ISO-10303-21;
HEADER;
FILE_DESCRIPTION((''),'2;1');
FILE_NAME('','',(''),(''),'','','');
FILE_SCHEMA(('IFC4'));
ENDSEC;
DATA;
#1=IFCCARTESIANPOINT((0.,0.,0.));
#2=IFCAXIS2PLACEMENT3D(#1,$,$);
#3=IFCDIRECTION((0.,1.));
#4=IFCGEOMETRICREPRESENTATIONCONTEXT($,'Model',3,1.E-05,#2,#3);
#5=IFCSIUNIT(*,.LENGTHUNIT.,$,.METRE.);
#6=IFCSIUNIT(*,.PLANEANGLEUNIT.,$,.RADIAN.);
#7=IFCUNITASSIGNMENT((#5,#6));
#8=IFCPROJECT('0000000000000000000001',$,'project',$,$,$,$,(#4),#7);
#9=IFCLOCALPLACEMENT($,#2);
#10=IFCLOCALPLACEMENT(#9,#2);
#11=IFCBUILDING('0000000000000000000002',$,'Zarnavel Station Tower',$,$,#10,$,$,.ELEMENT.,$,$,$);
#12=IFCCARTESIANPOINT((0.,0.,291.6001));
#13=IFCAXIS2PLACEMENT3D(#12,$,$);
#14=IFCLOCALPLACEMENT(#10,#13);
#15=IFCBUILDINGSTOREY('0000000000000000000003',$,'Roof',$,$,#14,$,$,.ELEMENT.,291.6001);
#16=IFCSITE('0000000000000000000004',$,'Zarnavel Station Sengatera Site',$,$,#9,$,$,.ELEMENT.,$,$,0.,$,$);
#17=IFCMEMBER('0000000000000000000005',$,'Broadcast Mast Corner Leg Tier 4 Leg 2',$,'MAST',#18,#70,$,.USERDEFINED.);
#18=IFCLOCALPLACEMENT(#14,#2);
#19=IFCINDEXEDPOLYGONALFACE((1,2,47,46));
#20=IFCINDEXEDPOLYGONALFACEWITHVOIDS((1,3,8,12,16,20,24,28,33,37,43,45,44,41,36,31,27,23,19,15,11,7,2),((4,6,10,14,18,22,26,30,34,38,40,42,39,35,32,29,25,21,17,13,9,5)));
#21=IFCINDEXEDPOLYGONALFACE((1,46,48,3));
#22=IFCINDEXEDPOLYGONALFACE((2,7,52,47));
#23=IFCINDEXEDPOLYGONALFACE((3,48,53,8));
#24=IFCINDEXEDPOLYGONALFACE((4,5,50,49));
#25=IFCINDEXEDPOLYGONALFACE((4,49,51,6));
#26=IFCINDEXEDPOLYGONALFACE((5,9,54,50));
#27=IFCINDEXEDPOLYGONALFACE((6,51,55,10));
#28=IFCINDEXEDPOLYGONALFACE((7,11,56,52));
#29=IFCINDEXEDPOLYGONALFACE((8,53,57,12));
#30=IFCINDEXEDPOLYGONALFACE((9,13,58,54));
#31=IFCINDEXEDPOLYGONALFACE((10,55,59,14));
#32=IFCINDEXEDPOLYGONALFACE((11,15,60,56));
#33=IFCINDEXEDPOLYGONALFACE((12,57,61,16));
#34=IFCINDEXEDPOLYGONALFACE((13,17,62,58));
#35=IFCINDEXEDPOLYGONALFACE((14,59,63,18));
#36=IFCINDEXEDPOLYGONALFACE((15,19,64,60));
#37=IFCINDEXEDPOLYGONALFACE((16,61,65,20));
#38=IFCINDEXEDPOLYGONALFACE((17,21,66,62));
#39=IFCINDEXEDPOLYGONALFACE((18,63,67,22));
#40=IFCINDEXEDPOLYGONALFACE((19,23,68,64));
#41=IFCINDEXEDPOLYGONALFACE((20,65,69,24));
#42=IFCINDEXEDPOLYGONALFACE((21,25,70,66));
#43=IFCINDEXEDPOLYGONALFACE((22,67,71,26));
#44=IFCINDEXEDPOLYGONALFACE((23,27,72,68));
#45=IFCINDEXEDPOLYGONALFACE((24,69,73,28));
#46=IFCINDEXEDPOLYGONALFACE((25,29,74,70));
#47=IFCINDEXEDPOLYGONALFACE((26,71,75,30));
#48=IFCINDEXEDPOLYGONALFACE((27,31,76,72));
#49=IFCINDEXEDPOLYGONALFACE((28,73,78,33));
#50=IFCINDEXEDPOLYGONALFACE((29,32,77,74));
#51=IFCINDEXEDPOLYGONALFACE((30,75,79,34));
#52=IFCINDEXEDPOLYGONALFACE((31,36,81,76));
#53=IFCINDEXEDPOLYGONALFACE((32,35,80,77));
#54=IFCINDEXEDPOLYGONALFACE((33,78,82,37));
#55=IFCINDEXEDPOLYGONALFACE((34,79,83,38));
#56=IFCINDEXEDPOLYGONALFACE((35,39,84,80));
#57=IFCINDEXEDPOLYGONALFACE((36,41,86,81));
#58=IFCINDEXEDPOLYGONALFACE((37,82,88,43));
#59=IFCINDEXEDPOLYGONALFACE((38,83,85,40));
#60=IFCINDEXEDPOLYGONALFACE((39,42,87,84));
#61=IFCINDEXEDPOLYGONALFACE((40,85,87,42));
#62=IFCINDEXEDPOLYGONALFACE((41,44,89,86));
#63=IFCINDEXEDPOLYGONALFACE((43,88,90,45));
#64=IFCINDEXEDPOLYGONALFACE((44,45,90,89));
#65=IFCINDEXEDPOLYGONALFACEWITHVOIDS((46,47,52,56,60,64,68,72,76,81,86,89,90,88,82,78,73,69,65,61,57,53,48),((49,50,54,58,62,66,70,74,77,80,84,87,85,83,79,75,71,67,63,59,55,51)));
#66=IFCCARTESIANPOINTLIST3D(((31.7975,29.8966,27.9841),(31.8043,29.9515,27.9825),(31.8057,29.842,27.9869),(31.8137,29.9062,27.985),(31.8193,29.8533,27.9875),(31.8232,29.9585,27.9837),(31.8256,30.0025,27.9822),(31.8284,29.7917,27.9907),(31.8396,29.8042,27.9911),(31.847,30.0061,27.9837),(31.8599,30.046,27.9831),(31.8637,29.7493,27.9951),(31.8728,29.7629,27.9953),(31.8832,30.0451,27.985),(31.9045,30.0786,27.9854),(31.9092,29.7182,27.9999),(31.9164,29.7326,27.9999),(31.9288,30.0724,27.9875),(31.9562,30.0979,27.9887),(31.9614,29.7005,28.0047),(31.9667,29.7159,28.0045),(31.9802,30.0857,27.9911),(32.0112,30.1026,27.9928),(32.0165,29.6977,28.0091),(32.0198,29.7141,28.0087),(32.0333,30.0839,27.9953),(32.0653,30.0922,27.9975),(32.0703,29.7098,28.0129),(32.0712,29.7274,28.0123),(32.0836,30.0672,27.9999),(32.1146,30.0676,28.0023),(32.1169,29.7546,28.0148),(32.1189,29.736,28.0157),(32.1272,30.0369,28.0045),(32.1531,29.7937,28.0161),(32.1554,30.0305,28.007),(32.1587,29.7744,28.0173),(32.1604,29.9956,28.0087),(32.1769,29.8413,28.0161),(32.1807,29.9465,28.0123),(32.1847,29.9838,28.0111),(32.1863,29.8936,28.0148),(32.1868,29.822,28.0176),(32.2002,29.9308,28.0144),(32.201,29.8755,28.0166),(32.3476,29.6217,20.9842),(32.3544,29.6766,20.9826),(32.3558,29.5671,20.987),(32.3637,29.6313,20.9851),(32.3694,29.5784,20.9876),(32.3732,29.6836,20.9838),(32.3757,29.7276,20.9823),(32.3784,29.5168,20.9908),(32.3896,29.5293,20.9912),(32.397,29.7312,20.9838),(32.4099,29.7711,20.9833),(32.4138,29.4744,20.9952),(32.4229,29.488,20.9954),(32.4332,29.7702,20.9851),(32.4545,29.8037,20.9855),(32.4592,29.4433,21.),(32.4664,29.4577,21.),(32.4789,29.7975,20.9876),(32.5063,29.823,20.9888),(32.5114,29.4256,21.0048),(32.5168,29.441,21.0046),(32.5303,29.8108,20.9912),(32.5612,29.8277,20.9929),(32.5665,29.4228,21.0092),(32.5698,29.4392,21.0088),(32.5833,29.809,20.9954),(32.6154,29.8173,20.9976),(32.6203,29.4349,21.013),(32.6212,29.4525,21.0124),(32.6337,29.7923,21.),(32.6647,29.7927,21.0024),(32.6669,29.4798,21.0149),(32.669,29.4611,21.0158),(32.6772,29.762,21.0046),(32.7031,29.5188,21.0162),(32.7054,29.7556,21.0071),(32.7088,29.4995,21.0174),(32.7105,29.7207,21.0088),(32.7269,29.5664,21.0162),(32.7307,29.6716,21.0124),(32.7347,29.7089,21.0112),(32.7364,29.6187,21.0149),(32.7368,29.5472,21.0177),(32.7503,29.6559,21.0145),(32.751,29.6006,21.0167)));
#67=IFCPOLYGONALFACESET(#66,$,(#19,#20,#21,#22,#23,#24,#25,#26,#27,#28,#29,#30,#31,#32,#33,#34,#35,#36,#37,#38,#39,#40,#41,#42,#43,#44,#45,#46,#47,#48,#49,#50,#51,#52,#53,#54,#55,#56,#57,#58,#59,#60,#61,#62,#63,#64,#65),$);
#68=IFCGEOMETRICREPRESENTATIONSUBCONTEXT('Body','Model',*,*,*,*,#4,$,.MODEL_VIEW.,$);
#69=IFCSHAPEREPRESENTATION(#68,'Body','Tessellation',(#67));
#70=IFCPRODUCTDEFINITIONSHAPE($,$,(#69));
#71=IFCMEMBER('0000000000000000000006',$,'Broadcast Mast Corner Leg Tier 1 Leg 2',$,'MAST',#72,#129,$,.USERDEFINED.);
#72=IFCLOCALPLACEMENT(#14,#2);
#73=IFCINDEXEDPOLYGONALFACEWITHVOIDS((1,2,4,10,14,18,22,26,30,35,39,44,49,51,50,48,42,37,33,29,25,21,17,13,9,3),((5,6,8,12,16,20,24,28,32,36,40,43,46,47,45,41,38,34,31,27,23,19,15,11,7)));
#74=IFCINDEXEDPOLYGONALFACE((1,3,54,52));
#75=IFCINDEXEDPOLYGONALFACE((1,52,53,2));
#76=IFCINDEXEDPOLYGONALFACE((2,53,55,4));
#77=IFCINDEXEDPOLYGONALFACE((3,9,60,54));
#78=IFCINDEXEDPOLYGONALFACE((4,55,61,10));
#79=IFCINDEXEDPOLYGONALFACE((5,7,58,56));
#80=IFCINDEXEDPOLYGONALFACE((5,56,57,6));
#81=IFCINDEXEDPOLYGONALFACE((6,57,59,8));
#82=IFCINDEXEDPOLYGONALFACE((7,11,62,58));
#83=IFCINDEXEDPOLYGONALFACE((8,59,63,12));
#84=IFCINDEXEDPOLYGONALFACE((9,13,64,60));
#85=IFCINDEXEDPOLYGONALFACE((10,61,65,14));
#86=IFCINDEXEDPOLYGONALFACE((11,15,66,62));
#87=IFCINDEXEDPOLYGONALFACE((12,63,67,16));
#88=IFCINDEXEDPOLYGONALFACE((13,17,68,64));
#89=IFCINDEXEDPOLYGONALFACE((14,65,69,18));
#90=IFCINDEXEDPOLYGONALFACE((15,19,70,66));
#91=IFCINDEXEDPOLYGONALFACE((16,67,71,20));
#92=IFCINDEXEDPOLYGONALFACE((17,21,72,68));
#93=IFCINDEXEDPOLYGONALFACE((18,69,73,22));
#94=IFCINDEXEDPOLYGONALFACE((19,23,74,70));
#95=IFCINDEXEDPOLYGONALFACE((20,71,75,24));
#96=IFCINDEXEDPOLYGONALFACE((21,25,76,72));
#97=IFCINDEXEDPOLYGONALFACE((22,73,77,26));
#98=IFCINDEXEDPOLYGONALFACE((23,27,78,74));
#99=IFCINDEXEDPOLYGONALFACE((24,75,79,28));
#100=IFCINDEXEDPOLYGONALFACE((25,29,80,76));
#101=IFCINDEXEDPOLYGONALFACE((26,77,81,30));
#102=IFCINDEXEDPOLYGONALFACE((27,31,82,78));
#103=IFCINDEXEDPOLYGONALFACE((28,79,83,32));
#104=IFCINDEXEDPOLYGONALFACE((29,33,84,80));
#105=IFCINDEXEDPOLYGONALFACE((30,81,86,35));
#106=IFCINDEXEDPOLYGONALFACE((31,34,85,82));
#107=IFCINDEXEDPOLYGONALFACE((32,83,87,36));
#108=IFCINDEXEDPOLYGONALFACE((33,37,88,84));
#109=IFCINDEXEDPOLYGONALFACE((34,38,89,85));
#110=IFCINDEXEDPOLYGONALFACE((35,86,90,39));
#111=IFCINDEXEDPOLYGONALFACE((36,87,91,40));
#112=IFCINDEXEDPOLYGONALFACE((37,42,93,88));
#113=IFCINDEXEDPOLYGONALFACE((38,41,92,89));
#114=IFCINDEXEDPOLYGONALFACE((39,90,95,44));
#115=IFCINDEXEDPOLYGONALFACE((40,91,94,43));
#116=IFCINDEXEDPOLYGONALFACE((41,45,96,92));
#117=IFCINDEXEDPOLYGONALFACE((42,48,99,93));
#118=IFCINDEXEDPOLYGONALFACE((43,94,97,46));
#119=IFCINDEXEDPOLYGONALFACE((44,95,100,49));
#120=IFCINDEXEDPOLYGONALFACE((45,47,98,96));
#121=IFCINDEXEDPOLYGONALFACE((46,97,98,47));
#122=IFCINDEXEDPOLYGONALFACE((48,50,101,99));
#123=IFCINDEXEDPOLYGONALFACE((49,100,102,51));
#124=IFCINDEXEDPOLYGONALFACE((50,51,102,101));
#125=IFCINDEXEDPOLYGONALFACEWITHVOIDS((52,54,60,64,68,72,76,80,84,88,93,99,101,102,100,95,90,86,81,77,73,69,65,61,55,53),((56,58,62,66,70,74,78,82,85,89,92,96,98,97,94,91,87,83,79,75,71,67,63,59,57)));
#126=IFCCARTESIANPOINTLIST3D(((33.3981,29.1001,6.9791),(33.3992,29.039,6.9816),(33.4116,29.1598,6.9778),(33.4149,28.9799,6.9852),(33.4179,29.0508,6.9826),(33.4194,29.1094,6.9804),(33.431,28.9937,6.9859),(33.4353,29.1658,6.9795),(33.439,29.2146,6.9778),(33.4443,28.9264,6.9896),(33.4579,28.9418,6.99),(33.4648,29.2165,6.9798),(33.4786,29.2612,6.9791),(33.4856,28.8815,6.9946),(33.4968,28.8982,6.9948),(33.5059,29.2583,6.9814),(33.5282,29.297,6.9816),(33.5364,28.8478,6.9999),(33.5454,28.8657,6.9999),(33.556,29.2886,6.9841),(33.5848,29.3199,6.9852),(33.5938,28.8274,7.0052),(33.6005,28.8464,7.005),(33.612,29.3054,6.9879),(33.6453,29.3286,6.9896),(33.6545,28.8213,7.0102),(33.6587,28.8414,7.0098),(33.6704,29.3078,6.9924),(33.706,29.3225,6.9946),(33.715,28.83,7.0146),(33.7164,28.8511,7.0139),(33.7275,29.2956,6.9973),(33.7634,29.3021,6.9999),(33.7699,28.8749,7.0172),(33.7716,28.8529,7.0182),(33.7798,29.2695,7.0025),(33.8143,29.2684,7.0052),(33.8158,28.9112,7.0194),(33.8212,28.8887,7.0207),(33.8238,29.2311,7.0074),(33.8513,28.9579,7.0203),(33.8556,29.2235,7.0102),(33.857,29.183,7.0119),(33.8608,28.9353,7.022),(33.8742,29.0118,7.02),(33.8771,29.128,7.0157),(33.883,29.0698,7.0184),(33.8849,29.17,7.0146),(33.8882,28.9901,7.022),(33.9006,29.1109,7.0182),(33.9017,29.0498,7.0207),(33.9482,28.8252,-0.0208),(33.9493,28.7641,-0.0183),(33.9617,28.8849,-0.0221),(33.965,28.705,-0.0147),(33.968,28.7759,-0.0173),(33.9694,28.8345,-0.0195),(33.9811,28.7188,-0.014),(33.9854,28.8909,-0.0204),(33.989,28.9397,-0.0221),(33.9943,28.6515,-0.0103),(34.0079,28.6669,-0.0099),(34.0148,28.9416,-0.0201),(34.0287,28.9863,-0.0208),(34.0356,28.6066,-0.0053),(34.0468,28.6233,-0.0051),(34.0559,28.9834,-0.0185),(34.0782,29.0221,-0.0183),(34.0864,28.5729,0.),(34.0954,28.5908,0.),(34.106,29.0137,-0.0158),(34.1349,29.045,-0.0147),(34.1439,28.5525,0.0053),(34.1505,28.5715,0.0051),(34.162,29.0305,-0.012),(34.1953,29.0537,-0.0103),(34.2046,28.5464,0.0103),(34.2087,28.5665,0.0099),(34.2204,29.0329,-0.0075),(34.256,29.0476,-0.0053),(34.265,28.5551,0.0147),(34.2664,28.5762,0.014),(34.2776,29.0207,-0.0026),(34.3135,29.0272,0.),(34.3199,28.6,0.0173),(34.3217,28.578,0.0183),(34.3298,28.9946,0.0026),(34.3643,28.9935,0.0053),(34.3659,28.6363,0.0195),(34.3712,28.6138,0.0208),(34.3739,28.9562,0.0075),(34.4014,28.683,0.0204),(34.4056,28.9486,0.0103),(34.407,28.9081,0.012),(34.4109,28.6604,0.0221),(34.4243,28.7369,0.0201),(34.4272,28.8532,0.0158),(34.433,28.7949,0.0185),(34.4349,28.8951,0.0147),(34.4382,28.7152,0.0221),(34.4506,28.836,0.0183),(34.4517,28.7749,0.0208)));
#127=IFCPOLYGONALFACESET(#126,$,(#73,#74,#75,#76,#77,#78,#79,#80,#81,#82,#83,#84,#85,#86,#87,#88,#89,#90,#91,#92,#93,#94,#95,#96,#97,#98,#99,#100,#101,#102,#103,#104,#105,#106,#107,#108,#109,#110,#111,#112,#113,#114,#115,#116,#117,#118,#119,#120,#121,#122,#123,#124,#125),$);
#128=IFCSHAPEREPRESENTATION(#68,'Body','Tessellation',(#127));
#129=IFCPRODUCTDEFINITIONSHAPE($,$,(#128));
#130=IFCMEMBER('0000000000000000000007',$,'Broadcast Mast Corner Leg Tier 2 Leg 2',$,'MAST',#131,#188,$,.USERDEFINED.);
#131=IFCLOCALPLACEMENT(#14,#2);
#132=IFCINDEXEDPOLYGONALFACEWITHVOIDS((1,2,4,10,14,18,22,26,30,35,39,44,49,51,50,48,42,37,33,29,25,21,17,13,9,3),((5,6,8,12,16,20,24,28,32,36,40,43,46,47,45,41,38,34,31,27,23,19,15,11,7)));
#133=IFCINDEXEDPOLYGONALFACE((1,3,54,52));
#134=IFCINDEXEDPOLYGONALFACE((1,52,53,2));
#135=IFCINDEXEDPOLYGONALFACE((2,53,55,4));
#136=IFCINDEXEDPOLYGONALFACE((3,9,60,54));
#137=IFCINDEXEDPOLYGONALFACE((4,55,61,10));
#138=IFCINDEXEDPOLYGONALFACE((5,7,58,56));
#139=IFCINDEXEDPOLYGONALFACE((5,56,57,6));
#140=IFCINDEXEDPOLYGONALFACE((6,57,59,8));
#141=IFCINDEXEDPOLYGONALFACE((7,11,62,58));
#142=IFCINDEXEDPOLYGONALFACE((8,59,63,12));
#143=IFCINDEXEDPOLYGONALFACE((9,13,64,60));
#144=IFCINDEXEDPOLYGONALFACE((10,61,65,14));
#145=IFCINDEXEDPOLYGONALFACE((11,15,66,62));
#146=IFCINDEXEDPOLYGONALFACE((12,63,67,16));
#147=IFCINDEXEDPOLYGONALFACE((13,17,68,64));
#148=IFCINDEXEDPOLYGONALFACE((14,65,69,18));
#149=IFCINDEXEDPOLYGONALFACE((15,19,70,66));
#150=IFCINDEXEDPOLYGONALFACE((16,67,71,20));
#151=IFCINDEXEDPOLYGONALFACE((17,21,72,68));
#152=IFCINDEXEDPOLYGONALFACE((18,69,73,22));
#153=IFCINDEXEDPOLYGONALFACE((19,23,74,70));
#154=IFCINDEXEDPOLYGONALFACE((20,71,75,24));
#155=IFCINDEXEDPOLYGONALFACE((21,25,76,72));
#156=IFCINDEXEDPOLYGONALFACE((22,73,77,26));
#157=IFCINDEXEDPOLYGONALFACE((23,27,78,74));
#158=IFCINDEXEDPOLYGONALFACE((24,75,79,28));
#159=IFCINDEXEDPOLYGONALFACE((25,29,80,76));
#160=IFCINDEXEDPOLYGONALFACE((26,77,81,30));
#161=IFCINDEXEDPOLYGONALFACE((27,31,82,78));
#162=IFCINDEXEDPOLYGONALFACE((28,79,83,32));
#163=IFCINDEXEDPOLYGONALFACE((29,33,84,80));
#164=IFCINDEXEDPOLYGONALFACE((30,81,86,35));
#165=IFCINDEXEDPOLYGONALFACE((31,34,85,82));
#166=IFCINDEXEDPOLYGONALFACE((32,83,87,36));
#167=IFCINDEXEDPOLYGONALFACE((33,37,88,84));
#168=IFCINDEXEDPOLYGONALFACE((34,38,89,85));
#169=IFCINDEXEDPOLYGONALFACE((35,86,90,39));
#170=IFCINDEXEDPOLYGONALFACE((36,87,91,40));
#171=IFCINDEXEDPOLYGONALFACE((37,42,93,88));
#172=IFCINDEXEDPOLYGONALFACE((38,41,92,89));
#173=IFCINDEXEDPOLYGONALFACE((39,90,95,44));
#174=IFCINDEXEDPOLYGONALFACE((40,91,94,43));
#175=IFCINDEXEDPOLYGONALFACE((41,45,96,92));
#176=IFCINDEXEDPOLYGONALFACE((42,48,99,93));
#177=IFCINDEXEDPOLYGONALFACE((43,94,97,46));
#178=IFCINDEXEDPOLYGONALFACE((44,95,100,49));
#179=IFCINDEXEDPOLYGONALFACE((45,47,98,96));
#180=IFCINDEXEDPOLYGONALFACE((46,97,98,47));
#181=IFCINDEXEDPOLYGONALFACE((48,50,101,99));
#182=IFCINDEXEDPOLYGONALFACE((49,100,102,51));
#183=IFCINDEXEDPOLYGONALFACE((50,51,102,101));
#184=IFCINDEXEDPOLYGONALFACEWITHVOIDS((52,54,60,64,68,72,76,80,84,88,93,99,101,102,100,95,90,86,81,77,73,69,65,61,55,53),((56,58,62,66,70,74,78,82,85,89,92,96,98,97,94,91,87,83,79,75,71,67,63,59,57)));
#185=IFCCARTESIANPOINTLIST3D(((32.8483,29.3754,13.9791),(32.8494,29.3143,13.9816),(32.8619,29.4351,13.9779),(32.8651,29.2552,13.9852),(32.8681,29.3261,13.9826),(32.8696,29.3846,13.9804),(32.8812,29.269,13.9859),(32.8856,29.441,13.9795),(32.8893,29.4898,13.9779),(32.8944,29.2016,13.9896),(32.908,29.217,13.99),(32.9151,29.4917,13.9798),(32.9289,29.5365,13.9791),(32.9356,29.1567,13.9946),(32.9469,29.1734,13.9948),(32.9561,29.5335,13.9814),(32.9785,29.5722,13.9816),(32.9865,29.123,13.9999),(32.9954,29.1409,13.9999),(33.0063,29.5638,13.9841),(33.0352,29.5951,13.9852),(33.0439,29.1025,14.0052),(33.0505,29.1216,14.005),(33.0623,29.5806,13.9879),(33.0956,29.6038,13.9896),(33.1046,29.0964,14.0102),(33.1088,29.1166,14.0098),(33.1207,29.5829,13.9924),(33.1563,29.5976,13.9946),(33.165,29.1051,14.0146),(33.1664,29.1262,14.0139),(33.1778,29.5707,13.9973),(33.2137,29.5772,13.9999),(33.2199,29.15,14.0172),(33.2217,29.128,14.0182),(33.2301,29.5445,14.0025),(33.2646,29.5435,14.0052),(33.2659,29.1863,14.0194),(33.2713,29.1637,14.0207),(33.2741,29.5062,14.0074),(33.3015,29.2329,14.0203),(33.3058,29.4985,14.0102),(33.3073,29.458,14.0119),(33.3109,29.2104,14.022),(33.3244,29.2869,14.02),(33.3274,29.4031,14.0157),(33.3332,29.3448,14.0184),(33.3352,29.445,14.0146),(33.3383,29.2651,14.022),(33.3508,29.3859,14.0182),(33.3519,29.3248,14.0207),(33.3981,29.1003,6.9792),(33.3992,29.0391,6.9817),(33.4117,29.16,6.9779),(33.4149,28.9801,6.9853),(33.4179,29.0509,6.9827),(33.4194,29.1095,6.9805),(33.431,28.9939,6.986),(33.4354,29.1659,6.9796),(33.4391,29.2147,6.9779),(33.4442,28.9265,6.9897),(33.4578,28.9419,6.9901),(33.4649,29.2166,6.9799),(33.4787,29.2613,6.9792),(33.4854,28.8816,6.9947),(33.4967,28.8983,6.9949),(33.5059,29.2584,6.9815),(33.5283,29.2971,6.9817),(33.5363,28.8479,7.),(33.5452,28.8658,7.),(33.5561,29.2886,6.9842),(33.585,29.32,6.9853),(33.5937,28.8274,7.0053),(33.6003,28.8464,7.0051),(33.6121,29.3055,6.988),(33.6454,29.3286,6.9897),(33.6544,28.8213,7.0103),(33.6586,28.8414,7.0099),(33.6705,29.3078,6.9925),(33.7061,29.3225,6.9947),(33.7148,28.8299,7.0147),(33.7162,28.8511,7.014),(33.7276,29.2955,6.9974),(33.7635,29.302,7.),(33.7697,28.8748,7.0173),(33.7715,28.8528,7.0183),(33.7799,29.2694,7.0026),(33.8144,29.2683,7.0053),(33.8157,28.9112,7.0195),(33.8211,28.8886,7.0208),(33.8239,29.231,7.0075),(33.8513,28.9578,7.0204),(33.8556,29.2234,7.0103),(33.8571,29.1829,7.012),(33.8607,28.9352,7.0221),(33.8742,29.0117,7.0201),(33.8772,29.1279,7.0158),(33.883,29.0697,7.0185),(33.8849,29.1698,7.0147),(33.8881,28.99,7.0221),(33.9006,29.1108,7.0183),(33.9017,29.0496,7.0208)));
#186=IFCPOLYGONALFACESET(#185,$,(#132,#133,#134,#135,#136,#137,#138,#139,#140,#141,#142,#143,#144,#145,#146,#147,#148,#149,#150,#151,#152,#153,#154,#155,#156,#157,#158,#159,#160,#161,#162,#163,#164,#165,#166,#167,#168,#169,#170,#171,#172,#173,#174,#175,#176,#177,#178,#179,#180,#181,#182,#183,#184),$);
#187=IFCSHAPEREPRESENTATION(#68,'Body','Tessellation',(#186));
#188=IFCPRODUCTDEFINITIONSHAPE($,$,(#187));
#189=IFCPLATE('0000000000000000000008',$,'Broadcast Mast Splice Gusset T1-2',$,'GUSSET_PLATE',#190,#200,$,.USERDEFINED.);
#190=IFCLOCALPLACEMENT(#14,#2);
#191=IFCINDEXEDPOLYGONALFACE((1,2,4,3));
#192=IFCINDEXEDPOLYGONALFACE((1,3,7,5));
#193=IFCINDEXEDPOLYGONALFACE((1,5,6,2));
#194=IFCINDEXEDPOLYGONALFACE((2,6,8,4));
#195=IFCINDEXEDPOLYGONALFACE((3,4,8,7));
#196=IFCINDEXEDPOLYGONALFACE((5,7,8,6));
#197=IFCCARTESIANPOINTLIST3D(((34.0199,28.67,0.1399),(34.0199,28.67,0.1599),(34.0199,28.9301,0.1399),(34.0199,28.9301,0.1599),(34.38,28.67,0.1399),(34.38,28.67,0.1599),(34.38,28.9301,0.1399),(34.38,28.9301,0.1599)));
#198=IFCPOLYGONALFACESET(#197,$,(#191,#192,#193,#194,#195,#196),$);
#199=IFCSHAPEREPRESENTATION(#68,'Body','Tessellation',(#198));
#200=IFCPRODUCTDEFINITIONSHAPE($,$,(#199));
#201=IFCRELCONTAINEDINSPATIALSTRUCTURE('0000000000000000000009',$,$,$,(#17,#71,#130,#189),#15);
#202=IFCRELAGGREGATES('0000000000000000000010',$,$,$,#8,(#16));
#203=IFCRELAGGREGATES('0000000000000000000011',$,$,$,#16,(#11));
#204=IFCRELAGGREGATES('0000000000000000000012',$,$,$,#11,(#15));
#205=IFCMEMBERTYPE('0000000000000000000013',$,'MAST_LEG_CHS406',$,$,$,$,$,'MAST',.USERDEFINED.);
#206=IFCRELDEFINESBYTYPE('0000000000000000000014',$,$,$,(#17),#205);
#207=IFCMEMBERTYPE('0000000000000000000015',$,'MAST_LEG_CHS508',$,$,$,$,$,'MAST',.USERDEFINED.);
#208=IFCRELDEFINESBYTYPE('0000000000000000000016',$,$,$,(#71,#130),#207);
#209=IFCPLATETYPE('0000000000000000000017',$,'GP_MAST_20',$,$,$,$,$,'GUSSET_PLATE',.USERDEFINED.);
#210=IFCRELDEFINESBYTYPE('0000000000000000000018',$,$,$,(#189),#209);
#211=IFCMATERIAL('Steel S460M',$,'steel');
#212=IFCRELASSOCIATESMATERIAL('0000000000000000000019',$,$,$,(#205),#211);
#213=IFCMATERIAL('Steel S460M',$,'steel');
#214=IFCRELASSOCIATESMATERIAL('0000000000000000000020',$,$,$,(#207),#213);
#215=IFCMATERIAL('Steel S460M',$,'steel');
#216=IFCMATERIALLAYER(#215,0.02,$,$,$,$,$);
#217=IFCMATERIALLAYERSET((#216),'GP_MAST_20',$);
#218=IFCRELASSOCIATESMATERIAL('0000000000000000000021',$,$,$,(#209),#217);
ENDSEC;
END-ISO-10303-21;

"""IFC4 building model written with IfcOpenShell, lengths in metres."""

from ifc_helpers import new_model, si_unit, direction, frame, origin, origin_2d, place, context, subcontext, project, spatial, rectangle, hollow_circle, extrude, material, layer, layer_set, material_profile, profile_set, type_object, element, save


model = new_model("IFC4")

# Units and contexts
model_context = context("Model", 3, precision=1e-05, world=origin(), true_north=direction((0.0, 1.0)))
body_context = subcontext(model_context, "Body", "Model", "MODEL_VIEW")
ifc_project = project(units=[si_unit("LENGTHUNIT", "METRE"), si_unit("PLANEANGLEUNIT", "RADIAN")], contexts=[model_context])

# Site, building, storey
site_placement = place(None, origin())
site = spatial("IfcSite", under=ifc_project, at=site_placement, Name="Zarnavel Station Sengatera Site", CompositionType="ELEMENT", RefElevation=0.0)
building_placement = place(site_placement, origin())
building = spatial("IfcBuilding", under=site, at=building_placement, Name="Zarnavel Station Tower", CompositionType="ELEMENT")
storey_placement = place(building_placement, frame((0.0, 0.0, 291.6001)))
storey = spatial("IfcBuildingStorey", under=building, at=storey_placement, Name="Roof", CompositionType="ELEMENT", Elevation=291.6001)

# Members
ifc_material_1 = material(Name="Steel S460M", Category="steel")
ifc_material_profile_1 = material_profile(ifc_material_1, hollow_circle(Radius=0.2031, WallThickness=0.0161, at=origin_2d()), Name="CHS406.4x16")
ifc_profile_set_1 = profile_set([ifc_material_profile_1], Name="Steel S460M")
member_type_1 = type_object("IfcMemberType", Name="MAST_LEG_CHS406", ElementType="MAST", PredefinedType="USERDEFINED", material=ifc_profile_set_1)
for number, where, z_axis, x_axis, name in (
    (1, (32.55, 29.625, 21.0), (-0.078277, 0.039121, 0.996164), (-0.447055, -0.894507, 0.0), "Broadcast Mast Corner Leg Tier 4 Leg 2"),
):
    element("IfcMember", number, at=place(storey_placement, frame(where, z_axis=z_axis, x_axis=x_axis)), inside=storey, type_object=member_type_1, Name=name, ObjectType="MAST", PredefinedType="USERDEFINED", context=body_context, shape_type="SweptSolid", body=[
        extrude(hollow_circle(Radius=0.2031, WallThickness=0.0161, at=origin_2d()), origin(), (0.0, 0.0, 1.0), 7.0269),
    ])
ifc_material_2 = material(Name="Steel S460M", Category="steel")
ifc_material_profile_2 = material_profile(ifc_material_2, hollow_circle(Radius=0.2539, WallThickness=0.02, at=origin_2d()), Name="CHS508x20")
ifc_profile_set_2 = profile_set([ifc_material_profile_2], Name="Steel S460M")
member_type_2 = type_object("IfcMemberType", Name="MAST_LEG_CHS508", ElementType="MAST", PredefinedType="USERDEFINED", material=ifc_profile_set_2)
for number, where, z_axis, x_axis, name in (
    (2, (34.2, 28.8, 0.0), (-0.078277, 0.039121, 0.996164), (-0.447055, -0.894507, 0.0), "Broadcast Mast Corner Leg Tier 1 Leg 2"),
    (3, (33.6499, 29.075, 7.0), (-0.078242, 0.039156, 0.996165), (-0.447531, -0.894268, 0.0), "Broadcast Mast Corner Leg Tier 2 Leg 2"),
):
    element("IfcMember", number, at=place(storey_placement, frame(where, z_axis=z_axis, x_axis=x_axis)), inside=storey, type_object=member_type_2, Name=name, ObjectType="MAST", PredefinedType="USERDEFINED", context=body_context, shape_type="SweptSolid", body=[
        extrude(hollow_circle(Radius=0.2539, WallThickness=0.02, at=origin_2d()), origin(), (0.0, 0.0, 1.0), 7.0269),
    ])

# Plate
ifc_material_3 = material(Name="Steel S460M", Category="steel")
ifc_layer = layer(ifc_material_3, 0.02)
ifc_layer_set = layer_set([ifc_layer], Name="GP_MAST_20")
plate_type = type_object("IfcPlateType", Name="GP_MAST_20", ElementType="GUSSET_PLATE", PredefinedType="USERDEFINED", material=ifc_layer_set)
for number, where, z_axis, x_axis, name in (
    (4, (34.2, 28.8, 0.1399), (0.0, 0.0, 1.0), (1.0, 0.0, 0.0), "Broadcast Mast Splice Gusset T1-2"),
):
    element("IfcPlate", number, at=place(storey_placement, frame(where, z_axis=z_axis, x_axis=x_axis)), inside=storey, type_object=plate_type, Name=name, ObjectType="GUSSET_PLATE", PredefinedType="USERDEFINED", context=body_context, shape_type="SweptSolid", body=[
        extrude(rectangle(XDim=0.3601, YDim=0.26, at=origin_2d()), origin(), (0.0, 0.0, 1.0), 0.02),
    ])

save(model, "model.ifc")
